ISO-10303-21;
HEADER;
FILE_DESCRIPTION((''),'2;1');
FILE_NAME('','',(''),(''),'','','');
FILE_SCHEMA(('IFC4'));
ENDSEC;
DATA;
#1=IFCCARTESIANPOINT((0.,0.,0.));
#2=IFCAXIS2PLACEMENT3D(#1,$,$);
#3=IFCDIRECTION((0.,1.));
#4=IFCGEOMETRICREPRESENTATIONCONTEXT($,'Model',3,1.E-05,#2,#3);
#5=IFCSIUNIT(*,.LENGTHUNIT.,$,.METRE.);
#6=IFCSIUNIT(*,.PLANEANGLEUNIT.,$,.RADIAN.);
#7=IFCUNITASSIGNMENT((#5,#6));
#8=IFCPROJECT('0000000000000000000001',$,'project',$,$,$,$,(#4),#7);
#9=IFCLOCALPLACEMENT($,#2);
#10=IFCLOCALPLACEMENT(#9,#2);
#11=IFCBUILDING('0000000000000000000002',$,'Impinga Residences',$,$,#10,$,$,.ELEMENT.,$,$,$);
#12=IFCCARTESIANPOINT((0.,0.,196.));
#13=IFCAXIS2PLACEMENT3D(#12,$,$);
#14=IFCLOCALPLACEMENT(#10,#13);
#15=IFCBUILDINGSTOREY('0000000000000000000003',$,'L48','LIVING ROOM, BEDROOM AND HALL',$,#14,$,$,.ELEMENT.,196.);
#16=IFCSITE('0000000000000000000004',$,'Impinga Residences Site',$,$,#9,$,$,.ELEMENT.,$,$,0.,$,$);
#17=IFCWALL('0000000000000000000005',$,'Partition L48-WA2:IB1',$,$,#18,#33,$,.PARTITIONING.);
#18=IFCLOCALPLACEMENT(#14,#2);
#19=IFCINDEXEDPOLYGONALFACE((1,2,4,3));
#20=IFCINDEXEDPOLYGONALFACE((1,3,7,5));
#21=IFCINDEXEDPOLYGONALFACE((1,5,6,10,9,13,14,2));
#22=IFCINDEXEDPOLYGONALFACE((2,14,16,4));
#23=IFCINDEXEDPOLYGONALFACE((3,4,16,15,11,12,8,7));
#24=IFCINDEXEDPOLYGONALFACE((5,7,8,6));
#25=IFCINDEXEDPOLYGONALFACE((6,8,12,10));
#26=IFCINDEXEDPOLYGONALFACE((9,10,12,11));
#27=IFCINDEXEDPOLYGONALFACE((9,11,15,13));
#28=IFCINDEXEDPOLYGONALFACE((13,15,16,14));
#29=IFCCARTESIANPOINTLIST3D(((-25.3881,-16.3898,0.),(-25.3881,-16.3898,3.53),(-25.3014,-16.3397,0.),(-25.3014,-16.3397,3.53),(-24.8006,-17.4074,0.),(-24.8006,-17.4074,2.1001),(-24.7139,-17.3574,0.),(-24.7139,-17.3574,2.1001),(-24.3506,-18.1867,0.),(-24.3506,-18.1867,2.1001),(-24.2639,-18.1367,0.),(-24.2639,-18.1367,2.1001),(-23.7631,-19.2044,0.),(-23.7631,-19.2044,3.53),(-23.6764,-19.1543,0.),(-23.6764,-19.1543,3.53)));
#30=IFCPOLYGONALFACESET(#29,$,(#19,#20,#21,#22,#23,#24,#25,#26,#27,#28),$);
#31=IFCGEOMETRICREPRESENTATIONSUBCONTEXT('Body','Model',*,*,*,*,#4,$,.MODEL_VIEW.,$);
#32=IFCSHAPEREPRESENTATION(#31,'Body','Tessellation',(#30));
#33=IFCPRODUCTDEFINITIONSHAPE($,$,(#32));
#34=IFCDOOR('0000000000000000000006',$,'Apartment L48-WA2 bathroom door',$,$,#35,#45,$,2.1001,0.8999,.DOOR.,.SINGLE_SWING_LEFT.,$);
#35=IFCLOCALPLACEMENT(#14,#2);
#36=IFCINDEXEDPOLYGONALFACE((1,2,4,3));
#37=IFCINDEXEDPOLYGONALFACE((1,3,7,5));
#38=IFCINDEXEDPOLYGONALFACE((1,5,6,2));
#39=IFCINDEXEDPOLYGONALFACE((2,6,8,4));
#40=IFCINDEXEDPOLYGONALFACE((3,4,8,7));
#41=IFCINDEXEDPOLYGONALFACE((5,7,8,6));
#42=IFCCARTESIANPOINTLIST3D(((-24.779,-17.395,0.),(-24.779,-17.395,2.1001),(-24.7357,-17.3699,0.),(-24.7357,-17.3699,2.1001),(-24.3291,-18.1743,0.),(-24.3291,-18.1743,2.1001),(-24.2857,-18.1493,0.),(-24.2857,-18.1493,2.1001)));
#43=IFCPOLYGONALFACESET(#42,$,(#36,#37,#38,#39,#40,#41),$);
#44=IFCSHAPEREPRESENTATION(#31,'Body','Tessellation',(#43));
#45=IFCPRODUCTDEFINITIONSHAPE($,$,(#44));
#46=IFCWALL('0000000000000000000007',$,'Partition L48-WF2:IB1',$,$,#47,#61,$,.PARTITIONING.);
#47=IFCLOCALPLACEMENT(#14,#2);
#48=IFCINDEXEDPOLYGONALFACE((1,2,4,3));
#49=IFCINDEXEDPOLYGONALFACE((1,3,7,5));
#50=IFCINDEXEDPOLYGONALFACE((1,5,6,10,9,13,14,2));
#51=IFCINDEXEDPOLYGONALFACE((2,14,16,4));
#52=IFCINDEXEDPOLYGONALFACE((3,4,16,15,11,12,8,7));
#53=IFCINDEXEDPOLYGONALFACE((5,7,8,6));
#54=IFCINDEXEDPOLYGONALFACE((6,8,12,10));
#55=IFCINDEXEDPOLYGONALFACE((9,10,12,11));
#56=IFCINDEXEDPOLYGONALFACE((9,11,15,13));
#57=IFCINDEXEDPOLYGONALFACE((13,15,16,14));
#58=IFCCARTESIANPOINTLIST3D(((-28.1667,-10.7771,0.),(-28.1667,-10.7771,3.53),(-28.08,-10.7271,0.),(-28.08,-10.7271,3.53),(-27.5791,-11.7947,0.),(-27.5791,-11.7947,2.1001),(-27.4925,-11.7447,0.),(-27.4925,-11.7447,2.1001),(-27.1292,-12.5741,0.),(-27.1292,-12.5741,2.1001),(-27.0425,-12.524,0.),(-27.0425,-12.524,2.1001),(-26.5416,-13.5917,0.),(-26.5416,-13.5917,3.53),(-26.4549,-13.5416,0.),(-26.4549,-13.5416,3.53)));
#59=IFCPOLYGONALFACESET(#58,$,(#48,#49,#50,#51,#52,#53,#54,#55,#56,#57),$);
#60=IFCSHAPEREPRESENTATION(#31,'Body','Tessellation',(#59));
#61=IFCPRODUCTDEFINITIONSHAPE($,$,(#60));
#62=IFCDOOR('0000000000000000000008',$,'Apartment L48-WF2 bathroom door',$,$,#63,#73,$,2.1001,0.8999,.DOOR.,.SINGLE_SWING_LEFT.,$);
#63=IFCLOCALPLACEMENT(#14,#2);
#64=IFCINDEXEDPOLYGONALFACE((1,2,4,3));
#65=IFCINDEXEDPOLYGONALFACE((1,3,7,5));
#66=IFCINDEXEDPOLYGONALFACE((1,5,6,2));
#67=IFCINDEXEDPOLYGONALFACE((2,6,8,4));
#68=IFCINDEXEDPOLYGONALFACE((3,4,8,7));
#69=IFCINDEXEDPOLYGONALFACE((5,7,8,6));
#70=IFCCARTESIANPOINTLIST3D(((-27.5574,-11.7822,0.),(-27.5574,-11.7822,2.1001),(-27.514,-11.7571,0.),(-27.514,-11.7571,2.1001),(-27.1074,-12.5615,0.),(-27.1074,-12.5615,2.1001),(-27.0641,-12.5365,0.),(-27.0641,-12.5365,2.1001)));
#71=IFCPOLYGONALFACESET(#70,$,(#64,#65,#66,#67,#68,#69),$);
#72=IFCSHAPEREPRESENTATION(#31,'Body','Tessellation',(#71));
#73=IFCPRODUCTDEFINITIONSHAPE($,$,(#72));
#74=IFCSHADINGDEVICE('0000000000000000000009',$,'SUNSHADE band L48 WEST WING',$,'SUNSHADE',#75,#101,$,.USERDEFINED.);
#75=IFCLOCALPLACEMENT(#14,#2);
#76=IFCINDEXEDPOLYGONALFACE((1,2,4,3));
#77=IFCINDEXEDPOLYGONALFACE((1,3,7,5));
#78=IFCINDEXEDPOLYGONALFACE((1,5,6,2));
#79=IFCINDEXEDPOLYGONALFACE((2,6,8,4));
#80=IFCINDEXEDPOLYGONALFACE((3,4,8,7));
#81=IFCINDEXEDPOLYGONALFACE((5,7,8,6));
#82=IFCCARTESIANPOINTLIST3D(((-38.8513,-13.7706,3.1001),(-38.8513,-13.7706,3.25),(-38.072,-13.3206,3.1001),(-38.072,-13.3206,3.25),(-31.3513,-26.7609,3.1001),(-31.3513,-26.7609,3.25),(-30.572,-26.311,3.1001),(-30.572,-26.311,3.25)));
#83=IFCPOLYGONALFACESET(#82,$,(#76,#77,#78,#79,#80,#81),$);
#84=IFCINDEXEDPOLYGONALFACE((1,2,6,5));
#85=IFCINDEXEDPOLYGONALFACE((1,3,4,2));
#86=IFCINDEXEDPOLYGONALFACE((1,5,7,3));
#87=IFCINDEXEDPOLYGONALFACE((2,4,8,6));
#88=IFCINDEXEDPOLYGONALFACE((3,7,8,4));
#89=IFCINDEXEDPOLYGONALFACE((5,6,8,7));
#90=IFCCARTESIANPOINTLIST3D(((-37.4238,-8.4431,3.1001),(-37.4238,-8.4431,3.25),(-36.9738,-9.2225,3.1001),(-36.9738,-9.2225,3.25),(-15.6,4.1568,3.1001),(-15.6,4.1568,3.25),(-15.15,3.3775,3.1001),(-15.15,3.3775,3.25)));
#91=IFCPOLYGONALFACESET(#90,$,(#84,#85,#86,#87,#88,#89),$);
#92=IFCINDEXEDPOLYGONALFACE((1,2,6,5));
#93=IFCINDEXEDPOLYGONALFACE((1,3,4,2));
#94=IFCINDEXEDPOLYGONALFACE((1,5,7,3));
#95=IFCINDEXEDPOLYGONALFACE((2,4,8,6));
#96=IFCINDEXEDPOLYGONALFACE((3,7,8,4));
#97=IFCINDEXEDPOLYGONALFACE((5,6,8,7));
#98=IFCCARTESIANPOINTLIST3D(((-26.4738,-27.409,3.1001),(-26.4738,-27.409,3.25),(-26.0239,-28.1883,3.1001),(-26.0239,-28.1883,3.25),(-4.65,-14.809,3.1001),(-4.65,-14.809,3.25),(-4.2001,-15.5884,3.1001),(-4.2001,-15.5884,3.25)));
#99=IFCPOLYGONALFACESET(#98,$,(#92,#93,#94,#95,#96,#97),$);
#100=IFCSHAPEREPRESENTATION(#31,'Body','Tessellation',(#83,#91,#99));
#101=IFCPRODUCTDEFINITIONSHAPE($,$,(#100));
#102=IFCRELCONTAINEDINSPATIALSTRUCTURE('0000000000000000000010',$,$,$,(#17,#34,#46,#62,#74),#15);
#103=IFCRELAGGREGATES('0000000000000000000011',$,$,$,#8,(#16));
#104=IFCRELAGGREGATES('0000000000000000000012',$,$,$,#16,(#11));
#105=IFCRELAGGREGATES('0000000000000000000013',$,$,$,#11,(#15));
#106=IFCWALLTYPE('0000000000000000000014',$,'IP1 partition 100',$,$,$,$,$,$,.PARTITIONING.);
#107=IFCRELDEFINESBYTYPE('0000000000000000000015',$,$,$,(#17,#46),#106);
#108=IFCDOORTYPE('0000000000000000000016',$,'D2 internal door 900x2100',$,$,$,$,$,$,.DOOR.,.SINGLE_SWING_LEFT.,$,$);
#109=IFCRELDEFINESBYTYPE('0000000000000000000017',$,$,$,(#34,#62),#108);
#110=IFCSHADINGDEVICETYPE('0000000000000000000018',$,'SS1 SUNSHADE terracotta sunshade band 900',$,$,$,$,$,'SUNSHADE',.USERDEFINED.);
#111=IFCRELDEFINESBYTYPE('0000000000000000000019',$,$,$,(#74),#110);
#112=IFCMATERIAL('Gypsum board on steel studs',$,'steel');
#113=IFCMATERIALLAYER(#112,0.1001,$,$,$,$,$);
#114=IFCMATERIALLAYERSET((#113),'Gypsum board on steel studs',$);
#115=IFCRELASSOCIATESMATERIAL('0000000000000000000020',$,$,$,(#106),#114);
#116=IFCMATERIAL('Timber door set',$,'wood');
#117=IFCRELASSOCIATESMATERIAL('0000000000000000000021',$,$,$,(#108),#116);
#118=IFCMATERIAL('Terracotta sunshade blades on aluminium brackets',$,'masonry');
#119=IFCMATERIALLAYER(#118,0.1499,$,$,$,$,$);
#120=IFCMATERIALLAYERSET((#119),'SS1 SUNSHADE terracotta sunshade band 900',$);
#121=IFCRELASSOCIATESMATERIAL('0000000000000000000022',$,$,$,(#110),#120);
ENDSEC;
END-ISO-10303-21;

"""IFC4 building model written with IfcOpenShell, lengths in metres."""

from ifc_helpers import new_model, si_unit, direction, frame, frame_2d, origin, origin_2d, place, context, subcontext, project, spatial, rectangle, extrude, material, layer, layer_set, type_object, element, fill, save


model = new_model("IFC4")

# Units and contexts
model_context = context("Model", 3, precision=1e-05, world=origin(), true_north=direction((0.0, 1.0)))
body_context = subcontext(model_context, "Body", "Model", "MODEL_VIEW")
ifc_project = project(units=[si_unit("LENGTHUNIT", "METRE"), si_unit("PLANEANGLEUNIT", "RADIAN")], contexts=[model_context])

# Site, building, storey
site_placement = place(None, origin())
site = spatial("IfcSite", under=ifc_project, at=site_placement, Name="Impinga Residences Site", CompositionType="ELEMENT", RefElevation=0.0)
building_placement = place(site_placement, origin())
building = spatial("IfcBuilding", under=site, at=building_placement, Name="Impinga Residences", CompositionType="ELEMENT")
storey_placement = place(building_placement, frame((0.0, 0.0, 196.0)))
storey = spatial("IfcBuildingStorey", under=building, at=storey_placement, Name="L48", Description="LIVING ROOM, BEDROOM AND HALL", CompositionType="ELEMENT", Elevation=196.0)

# Shared definitions
ifc_material_1 = material(Name="Timber door set", Category="wood")

# Shared definitions
ifc_material_2 = material(Name="Gypsum board on steel studs", Category="steel")
ifc_layer_1 = layer(ifc_material_2, 0.1001)
ifc_layer_set_1 = layer_set([ifc_layer_1], Name="Gypsum board on steel studs")
wall_type_1 = type_object("IfcWallType", Name="IP1 partition 100", PredefinedType="PARTITIONING", material=ifc_layer_set_1)

# Walls, openings, doors
wall_1_placement = place(storey_placement, frame((-25.3447, -16.3647, 0.0), z_axis=(0.0, 0.0, 1.0), x_axis=(0.499985, -0.866034, 0.0)))
wall_1 = element("IfcWall", 1, at=wall_1_placement, inside=storey, type_object=wall_type_1, Name="Partition L48-WA2:IB1", PredefinedType="PARTITIONING", context=body_context, shape_type="SweptSolid", body=[
    extrude(rectangle(XDim=3.25, YDim=0.1001, at=frame_2d((1.625, 0.0))), origin(), (0.0, 0.0, 1.0), 3.53),
])
opening_1_placement = place(wall_1_placement, frame((1.175, 0.0, 0.0)))
opening_1 = element("IfcOpeningElement", 2, at=opening_1_placement, cuts=wall_1, PredefinedType="OPENING", context=body_context, shape_type="SweptSolid", body=[
    extrude(rectangle(XDim=0.8999, YDim=2.1001, at=frame_2d((0.45, 1.05))), frame((0.0, 0.0601, 0.0), z_axis=(0.0, -1.0, 0.0), x_axis=(1.0, 0.0, 0.0)), (0.0, 0.0, 1.0), 0.1201),
])
door_type_1 = type_object("IfcDoorType", Name="D2 internal door 900x2100", OperationType="SINGLE_SWING_LEFT", PredefinedType="DOOR", material=ifc_material_1)
door_1_placement = place(opening_1_placement, origin())
door_1 = element("IfcDoor", 3, at=door_1_placement, inside=storey, type_object=door_type_1, Name="Apartment L48-WA2 bathroom door", OperationType="SINGLE_SWING_LEFT", OverallHeight=2.1001, OverallWidth=0.8999, PredefinedType="DOOR", context=body_context, shape_type="SweptSolid", body=[
    extrude(rectangle(XDim=0.8999, YDim=2.1001, at=frame_2d((0.45, 1.05))), frame((0.0, 0.0249, 0.0), z_axis=(0.0, -1.0, 0.0), x_axis=(1.0, 0.0, 0.0)), (0.0, 0.0, 1.0), 0.05),
])
fill(opening_1, door_1)
wall_2_placement = place(storey_placement, frame((-26.4983, -13.5667, 0.0), z_axis=(0.0, 0.0, 1.0), x_axis=(-0.500017, 0.866015, 0.0)))
wall_2 = element("IfcWall", 4, at=wall_2_placement, inside=storey, type_object=wall_type_1, Name="Partition L48-WF2:IB1", PredefinedType="PARTITIONING", context=body_context, shape_type="SweptSolid", body=[
    extrude(rectangle(XDim=3.25, YDim=0.1001, at=frame_2d((1.625, 0.0))), origin(), (0.0, 0.0, 1.0), 3.53),
])
opening_2_placement = place(wall_2_placement, frame((1.175, 0.0, 0.0)))
opening_2 = element("IfcOpeningElement", 5, at=opening_2_placement, cuts=wall_2, PredefinedType="OPENING", context=body_context, shape_type="SweptSolid", body=[
    extrude(rectangle(XDim=0.8999, YDim=2.1001, at=frame_2d((0.45, 1.05))), frame((0.0, 0.0601, 0.0), z_axis=(0.0, -1.0, 0.0), x_axis=(1.0, 0.0, 0.0)), (0.0, 0.0, 1.0), 0.1201),
])
door_2_placement = place(opening_2_placement, origin())
door_2 = element("IfcDoor", 6, at=door_2_placement, inside=storey, type_object=door_type_1, Name="Apartment L48-WF2 bathroom door", OperationType="SINGLE_SWING_LEFT", OverallHeight=2.1001, OverallWidth=0.8999, PredefinedType="DOOR", context=body_context, shape_type="SweptSolid", body=[
    extrude(rectangle(XDim=0.8999, YDim=2.1001, at=frame_2d((0.45, 1.05))), frame((0.0, 0.0249, 0.0), z_axis=(0.0, -1.0, 0.0), x_axis=(1.0, 0.0, 0.0)), (0.0, 0.0, 1.0), 0.05),
])
fill(opening_2, door_2)

# Shading device
ifc_material_3 = material(Name="Terracotta sunshade blades on aluminium brackets", Category="masonry")
ifc_layer_2 = layer(ifc_material_3, 0.1499)
ifc_layer_set_2 = layer_set([ifc_layer_2], Name="SS1 SUNSHADE terracotta sunshade band 900")
shading_device_type = type_object("IfcShadingDeviceType", Name="SS1 SUNSHADE terracotta sunshade band 900", ElementType="SUNSHADE", PredefinedType="USERDEFINED", material=ifc_layer_set_2)
shading_device_placement = place(storey_placement, frame((-34.7117, -20.0408, 3.1001), z_axis=(0.0, 0.0, 1.0), x_axis=(-0.5, 0.866025, 0.0)))
element("IfcShadingDevice", 7, at=shading_device_placement, inside=storey, type_object=shading_device_type, Name="SUNSHADE band L48 WEST WING", ObjectType="SUNSHADE", PredefinedType="USERDEFINED", context=body_context, shape_type="SweptSolid", body=[
    extrude(rectangle(XDim=15.0, YDim=0.8999, at=origin_2d()), origin(), (0.0, 0.0, 1.0), 0.1499),
    extrude(rectangle(XDim=25.2, YDim=0.8999, at=origin_2d()), frame((10.95, -16.05, 0.0), z_axis=(0.0, 0.0, 1.0), x_axis=(0.0, -1.0, 0.0)), (0.0, 0.0, 1.0), 0.1499),
    extrude(rectangle(XDim=25.2, YDim=0.8999, at=origin_2d()), frame((-10.95, -16.05, 0.0), z_axis=(0.0, 0.0, 1.0), x_axis=(0.0, 1.0, 0.0)), (0.0, 0.0, 1.0), 0.1499),
])

save(model, "model.ifc")
